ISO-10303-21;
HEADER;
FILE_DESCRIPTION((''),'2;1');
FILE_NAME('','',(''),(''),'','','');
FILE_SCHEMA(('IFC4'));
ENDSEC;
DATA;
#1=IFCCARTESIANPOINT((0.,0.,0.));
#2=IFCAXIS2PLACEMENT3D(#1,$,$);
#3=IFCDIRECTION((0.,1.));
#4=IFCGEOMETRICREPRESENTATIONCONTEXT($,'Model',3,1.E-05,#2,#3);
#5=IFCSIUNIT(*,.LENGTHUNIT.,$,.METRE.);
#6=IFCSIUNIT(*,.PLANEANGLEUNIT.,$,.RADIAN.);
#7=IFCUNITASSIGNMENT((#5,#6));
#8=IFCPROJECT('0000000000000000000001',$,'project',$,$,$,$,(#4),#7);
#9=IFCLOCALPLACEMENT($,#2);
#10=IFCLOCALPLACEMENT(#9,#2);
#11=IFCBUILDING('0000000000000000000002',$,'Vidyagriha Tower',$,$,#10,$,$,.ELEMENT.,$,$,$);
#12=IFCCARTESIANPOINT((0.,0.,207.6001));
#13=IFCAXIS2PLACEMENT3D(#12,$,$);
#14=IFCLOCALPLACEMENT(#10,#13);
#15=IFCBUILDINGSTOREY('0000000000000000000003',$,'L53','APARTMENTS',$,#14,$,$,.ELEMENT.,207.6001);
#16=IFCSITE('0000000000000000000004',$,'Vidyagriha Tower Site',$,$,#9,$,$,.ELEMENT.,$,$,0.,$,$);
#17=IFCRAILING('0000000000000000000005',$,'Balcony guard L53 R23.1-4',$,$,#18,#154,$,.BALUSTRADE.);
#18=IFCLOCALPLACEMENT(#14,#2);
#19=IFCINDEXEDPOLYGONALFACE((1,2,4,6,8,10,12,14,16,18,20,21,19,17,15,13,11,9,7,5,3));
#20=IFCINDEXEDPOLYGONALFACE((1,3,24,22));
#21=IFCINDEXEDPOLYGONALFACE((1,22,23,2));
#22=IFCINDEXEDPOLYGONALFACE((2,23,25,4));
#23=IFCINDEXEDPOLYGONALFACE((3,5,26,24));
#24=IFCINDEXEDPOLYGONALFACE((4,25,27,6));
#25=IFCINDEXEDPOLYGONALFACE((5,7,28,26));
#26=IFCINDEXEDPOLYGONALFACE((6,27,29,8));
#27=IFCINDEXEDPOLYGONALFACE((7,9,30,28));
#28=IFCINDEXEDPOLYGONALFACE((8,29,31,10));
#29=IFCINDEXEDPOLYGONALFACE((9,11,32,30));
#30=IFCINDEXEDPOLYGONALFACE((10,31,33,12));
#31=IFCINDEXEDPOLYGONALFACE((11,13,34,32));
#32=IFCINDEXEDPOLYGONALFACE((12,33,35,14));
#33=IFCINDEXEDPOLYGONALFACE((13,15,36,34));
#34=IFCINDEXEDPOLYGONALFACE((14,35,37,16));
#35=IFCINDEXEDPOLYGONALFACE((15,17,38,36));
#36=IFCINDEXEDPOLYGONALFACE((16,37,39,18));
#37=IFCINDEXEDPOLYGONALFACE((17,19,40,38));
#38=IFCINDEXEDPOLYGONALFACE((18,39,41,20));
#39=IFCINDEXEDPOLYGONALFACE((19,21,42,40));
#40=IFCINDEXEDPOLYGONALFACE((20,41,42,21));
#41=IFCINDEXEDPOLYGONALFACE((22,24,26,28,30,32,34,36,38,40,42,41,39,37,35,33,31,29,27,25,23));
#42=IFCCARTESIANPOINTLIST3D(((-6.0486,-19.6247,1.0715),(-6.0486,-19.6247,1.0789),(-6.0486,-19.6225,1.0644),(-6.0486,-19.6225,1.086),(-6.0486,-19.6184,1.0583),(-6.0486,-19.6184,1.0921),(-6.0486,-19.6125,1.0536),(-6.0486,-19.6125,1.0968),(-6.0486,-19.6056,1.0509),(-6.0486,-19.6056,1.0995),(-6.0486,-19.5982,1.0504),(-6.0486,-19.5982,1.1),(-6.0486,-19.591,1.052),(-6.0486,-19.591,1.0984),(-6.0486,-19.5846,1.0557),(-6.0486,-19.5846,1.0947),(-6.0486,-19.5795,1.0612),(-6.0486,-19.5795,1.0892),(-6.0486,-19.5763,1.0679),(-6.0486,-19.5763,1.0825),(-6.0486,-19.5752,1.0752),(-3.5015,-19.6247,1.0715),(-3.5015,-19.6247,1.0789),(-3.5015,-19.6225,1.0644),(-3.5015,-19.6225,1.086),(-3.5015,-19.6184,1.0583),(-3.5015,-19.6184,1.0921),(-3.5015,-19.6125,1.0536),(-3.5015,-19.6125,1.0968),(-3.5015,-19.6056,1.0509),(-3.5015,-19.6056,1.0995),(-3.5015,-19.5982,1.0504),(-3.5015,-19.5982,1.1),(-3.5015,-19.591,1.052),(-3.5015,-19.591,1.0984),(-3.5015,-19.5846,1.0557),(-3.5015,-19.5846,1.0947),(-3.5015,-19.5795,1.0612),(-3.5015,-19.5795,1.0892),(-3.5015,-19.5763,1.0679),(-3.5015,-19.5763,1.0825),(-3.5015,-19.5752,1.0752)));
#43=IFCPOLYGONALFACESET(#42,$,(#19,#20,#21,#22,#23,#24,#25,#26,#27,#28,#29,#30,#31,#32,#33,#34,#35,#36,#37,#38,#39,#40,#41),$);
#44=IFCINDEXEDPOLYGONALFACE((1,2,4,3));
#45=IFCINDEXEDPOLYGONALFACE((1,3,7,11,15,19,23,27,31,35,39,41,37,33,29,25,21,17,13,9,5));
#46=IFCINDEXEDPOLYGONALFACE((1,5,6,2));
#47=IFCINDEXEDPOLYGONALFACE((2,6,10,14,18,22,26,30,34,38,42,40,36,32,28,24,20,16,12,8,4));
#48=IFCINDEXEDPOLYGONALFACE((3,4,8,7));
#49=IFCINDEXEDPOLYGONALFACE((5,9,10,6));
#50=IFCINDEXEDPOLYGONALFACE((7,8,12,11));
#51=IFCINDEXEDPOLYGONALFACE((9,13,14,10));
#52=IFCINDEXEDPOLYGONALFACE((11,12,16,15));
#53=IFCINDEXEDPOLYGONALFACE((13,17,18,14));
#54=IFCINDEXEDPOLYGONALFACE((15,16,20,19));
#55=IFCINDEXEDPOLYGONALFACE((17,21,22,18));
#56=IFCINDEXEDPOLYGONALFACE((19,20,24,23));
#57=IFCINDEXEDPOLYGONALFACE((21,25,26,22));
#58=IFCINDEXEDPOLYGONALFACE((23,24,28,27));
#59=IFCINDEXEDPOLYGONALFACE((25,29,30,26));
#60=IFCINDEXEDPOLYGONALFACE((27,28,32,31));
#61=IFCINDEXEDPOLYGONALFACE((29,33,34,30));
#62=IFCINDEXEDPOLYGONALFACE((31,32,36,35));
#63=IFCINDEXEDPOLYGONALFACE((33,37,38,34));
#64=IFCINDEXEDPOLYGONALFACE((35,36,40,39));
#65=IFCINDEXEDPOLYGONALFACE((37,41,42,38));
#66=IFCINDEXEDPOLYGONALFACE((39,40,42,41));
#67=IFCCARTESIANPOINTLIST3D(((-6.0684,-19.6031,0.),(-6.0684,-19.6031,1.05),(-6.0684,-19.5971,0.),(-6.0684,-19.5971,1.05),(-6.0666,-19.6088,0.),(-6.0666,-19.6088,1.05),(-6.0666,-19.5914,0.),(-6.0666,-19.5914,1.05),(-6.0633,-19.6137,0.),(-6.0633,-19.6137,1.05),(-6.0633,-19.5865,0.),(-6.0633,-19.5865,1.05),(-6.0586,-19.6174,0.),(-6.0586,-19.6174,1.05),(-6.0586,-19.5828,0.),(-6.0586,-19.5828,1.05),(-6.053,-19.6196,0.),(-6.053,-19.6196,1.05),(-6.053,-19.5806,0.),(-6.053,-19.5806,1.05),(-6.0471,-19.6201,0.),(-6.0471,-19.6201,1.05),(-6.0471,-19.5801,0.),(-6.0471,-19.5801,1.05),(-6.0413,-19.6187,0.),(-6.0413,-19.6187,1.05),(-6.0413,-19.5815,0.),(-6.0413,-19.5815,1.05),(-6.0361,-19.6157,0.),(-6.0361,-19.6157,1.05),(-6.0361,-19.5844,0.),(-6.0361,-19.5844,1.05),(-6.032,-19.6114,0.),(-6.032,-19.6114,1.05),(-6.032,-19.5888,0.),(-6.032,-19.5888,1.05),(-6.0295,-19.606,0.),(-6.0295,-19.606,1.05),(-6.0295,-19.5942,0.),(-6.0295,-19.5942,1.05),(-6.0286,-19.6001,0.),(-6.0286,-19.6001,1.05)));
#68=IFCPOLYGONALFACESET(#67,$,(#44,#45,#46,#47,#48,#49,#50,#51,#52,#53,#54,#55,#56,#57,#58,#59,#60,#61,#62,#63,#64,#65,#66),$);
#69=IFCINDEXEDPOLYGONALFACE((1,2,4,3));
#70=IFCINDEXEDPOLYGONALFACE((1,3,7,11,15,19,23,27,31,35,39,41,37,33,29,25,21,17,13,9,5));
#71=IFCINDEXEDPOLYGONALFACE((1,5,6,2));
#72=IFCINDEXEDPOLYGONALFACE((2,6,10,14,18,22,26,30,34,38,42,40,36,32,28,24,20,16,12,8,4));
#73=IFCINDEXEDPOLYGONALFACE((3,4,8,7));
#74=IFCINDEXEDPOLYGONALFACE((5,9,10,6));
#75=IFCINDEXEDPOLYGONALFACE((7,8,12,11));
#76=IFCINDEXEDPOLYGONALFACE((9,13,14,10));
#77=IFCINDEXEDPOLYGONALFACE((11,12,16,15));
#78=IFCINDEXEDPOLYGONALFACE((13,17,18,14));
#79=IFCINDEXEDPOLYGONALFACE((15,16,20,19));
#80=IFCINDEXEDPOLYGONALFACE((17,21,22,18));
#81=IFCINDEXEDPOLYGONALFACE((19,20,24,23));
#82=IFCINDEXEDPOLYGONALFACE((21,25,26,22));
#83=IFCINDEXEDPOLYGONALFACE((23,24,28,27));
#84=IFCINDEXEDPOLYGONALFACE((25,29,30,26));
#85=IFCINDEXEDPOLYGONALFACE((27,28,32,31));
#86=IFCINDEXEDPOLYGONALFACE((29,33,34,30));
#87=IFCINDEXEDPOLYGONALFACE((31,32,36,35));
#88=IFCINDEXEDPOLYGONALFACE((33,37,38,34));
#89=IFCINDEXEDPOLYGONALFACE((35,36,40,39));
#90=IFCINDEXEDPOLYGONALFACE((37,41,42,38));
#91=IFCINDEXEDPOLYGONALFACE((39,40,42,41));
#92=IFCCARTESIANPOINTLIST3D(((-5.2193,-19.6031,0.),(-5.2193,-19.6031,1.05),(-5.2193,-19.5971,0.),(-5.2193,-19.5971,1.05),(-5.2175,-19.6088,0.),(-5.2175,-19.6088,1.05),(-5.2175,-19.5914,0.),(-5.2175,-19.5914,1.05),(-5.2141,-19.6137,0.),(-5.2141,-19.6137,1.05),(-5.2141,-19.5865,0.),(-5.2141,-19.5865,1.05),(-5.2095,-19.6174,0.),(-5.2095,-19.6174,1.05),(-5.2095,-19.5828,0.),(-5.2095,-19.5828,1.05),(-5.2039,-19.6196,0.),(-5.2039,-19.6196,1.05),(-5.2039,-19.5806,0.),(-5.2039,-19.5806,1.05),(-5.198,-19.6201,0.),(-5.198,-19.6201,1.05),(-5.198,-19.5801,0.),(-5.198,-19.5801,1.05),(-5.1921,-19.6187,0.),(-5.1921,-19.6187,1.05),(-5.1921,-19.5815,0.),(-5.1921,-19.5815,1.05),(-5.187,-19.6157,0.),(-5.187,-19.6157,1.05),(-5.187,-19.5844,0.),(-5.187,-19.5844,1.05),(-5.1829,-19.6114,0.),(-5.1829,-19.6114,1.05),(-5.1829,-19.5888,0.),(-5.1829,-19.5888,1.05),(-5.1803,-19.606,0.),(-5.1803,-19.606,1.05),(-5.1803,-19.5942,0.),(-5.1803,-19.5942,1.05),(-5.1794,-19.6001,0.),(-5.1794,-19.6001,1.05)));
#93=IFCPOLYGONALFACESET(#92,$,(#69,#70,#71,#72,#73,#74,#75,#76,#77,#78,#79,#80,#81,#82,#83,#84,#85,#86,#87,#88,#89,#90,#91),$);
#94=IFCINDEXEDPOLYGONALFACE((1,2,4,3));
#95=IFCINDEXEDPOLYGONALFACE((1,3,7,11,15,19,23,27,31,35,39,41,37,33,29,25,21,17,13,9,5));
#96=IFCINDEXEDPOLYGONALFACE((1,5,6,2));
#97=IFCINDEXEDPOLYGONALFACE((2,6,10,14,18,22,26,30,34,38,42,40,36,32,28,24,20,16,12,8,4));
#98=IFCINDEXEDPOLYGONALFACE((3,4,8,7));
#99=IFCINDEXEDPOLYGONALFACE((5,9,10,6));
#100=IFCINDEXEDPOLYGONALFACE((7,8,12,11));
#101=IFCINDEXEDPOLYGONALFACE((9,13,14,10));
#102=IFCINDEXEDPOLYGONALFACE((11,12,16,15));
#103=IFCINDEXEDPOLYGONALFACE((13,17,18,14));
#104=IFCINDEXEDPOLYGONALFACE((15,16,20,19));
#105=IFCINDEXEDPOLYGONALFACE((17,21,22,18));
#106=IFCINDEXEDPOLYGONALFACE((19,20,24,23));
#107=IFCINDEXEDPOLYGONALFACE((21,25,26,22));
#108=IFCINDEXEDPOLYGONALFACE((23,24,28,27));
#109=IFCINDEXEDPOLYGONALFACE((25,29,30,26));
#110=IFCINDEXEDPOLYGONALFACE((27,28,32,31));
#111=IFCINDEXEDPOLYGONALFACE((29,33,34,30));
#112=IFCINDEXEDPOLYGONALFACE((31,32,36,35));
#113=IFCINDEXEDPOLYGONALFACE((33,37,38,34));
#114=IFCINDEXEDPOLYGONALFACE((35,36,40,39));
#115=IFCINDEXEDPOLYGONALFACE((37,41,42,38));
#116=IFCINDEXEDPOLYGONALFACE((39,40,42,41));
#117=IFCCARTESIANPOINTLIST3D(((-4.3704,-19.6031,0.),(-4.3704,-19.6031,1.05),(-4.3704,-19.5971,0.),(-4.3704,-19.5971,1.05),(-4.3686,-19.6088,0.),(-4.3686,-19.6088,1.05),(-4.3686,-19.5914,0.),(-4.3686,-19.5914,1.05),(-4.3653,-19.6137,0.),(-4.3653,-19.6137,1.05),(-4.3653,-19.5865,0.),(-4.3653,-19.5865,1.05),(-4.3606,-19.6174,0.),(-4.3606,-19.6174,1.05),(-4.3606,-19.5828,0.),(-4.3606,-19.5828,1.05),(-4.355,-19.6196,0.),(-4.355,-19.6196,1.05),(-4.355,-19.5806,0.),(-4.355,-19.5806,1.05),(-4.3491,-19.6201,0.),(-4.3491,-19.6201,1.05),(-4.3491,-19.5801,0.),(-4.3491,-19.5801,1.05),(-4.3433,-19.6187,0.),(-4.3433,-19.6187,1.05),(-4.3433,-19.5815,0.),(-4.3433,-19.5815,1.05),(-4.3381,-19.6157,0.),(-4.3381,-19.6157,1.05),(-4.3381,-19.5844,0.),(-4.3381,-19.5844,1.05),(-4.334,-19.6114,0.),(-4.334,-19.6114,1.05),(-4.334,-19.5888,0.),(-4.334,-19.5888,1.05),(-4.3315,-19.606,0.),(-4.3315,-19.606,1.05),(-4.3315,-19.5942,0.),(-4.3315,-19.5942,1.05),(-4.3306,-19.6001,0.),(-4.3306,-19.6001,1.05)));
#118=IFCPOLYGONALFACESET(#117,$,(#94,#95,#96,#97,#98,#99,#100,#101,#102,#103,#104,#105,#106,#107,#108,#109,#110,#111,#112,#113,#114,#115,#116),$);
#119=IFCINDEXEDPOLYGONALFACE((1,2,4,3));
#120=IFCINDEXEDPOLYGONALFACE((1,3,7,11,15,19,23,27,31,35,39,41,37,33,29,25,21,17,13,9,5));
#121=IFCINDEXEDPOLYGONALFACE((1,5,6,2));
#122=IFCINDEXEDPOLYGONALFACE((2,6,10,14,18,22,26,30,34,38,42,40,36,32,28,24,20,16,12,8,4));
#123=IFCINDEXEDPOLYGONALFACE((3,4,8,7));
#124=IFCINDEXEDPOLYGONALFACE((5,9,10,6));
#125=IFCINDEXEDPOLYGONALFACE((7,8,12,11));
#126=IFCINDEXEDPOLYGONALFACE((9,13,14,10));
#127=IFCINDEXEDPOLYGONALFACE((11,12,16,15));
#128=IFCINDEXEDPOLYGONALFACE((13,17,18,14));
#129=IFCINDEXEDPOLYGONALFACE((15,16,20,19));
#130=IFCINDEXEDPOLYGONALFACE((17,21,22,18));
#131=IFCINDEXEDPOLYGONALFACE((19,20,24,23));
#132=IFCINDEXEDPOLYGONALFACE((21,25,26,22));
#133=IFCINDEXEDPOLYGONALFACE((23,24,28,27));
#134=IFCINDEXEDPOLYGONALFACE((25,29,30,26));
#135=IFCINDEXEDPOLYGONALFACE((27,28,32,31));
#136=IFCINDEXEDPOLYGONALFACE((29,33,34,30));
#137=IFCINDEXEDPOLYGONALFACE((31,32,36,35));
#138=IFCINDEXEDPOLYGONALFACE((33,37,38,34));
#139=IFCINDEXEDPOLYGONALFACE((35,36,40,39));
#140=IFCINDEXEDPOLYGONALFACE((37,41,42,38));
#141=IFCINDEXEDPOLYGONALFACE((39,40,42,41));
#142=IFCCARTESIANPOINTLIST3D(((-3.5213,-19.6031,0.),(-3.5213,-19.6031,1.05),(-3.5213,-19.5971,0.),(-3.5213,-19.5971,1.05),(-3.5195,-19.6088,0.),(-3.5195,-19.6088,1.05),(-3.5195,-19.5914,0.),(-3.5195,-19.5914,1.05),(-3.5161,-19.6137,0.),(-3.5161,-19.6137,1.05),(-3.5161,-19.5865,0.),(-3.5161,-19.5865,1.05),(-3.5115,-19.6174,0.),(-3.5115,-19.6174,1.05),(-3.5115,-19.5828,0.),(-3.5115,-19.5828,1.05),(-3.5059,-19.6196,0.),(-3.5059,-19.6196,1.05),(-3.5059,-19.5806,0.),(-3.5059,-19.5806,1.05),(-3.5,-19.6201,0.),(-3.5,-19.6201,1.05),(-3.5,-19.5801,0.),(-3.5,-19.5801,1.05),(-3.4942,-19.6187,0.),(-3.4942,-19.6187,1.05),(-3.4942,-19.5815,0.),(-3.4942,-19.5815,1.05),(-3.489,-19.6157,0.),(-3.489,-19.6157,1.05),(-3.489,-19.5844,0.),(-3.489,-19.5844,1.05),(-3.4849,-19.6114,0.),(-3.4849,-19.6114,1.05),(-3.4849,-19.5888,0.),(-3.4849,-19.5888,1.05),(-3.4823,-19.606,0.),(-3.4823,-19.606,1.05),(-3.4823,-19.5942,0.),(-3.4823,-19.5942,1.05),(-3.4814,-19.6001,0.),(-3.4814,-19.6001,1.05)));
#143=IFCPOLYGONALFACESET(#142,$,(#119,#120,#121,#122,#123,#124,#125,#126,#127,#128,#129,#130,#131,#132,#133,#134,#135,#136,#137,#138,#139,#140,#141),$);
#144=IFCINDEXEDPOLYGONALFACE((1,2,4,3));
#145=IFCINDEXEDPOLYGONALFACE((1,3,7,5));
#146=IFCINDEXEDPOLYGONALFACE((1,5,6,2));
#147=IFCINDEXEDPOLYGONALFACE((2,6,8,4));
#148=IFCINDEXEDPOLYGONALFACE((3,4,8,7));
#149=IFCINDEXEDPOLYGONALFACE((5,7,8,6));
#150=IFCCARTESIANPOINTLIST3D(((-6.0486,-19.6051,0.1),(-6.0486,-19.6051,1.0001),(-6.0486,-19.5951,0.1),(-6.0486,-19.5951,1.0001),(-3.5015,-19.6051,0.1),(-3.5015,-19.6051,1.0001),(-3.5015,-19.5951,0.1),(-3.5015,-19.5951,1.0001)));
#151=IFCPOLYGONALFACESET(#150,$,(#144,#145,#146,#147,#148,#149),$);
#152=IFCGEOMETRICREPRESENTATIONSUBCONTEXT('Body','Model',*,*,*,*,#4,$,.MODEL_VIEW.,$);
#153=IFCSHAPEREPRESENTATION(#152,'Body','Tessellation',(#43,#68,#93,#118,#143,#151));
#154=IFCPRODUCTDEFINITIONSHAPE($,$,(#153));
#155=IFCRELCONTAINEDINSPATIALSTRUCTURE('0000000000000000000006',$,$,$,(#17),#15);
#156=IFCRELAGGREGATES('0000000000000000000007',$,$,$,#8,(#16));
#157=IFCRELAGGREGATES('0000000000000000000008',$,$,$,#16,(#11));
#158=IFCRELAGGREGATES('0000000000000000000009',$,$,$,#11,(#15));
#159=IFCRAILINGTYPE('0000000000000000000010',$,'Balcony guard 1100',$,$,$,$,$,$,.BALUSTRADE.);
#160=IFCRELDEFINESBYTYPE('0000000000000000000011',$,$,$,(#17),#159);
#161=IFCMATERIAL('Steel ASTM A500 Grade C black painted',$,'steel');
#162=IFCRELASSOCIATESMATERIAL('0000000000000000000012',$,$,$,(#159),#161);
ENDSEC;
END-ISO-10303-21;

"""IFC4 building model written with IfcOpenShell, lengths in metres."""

from ifc_helpers import new_model, si_unit, direction, frame, origin, origin_2d, place, context, subcontext, project, spatial, rectangle, circle, extrude, material, type_object, element, save


model = new_model("IFC4")

# Units and contexts
model_context = context("Model", 3, precision=1e-05, world=origin(), true_north=direction((0.0, 1.0)))
body_context = subcontext(model_context, "Body", "Model", "MODEL_VIEW")
ifc_project = project(units=[si_unit("LENGTHUNIT", "METRE"), si_unit("PLANEANGLEUNIT", "RADIAN")], contexts=[model_context])

# Site, building, storey
site_placement = place(None, origin())
site = spatial("IfcSite", under=ifc_project, at=site_placement, Name="Vidyagriha Tower Site", CompositionType="ELEMENT", RefElevation=0.0)
building_placement = place(site_placement, origin())
building = spatial("IfcBuilding", under=site, at=building_placement, Name="Vidyagriha Tower", CompositionType="ELEMENT")
storey_placement = place(building_placement, frame((0.0, 0.0, 207.6001)))
storey = spatial("IfcBuildingStorey", under=building, at=storey_placement, Name="L53", Description="APARTMENTS", CompositionType="ELEMENT", Elevation=207.6001)

# Railing
ifc_material_1 = material(Name="Steel ASTM A500 Grade C black painted", Category="steel")
railing_type = type_object("IfcRailingType", Name="Balcony guard 1100", PredefinedType="BALUSTRADE", material=ifc_material_1)
railing_1_placement = place(storey_placement, frame((-6.0486, -19.6001, 0.0)))
element("IfcRailing", 1, at=railing_1_placement, inside=storey, type_object=railing_type, Name="Balcony guard L53 R23.1-4", PredefinedType="BALUSTRADE", context=body_context, shape_type="SweptSolid", body=[
    extrude(circle(Radius=0.0249, at=origin_2d()), frame((0.0, 0.0, 1.0752), z_axis=(1.0, 0.0, 0.0), x_axis=(0.0, 1.0, 0.0)), (0.0, 0.0, 1.0), 2.5471),
    extrude(circle(Radius=0.02, at=origin_2d()), origin(), (0.0, 0.0, 1.0), 1.05),
    extrude(circle(Radius=0.02, at=origin_2d()), frame((0.8491, 0.0, 0.0)), (0.0, 0.0, 1.0), 1.05),
    extrude(circle(Radius=0.02, at=origin_2d()), frame((1.698, 0.0, 0.0)), (0.0, 0.0, 1.0), 1.05),
    extrude(circle(Radius=0.02, at=origin_2d()), frame((2.5471, 0.0, 0.0)), (0.0, 0.0, 1.0), 1.05),
    extrude(rectangle(XDim=0.01, YDim=0.9001, at=origin_2d()), frame((0.0, 0.0, 0.55), z_axis=(1.0, 0.0, 0.0), x_axis=(0.0, 1.0, 0.0)), (0.0, 0.0, 1.0), 2.5471),
])

save(model, "model.ifc")
